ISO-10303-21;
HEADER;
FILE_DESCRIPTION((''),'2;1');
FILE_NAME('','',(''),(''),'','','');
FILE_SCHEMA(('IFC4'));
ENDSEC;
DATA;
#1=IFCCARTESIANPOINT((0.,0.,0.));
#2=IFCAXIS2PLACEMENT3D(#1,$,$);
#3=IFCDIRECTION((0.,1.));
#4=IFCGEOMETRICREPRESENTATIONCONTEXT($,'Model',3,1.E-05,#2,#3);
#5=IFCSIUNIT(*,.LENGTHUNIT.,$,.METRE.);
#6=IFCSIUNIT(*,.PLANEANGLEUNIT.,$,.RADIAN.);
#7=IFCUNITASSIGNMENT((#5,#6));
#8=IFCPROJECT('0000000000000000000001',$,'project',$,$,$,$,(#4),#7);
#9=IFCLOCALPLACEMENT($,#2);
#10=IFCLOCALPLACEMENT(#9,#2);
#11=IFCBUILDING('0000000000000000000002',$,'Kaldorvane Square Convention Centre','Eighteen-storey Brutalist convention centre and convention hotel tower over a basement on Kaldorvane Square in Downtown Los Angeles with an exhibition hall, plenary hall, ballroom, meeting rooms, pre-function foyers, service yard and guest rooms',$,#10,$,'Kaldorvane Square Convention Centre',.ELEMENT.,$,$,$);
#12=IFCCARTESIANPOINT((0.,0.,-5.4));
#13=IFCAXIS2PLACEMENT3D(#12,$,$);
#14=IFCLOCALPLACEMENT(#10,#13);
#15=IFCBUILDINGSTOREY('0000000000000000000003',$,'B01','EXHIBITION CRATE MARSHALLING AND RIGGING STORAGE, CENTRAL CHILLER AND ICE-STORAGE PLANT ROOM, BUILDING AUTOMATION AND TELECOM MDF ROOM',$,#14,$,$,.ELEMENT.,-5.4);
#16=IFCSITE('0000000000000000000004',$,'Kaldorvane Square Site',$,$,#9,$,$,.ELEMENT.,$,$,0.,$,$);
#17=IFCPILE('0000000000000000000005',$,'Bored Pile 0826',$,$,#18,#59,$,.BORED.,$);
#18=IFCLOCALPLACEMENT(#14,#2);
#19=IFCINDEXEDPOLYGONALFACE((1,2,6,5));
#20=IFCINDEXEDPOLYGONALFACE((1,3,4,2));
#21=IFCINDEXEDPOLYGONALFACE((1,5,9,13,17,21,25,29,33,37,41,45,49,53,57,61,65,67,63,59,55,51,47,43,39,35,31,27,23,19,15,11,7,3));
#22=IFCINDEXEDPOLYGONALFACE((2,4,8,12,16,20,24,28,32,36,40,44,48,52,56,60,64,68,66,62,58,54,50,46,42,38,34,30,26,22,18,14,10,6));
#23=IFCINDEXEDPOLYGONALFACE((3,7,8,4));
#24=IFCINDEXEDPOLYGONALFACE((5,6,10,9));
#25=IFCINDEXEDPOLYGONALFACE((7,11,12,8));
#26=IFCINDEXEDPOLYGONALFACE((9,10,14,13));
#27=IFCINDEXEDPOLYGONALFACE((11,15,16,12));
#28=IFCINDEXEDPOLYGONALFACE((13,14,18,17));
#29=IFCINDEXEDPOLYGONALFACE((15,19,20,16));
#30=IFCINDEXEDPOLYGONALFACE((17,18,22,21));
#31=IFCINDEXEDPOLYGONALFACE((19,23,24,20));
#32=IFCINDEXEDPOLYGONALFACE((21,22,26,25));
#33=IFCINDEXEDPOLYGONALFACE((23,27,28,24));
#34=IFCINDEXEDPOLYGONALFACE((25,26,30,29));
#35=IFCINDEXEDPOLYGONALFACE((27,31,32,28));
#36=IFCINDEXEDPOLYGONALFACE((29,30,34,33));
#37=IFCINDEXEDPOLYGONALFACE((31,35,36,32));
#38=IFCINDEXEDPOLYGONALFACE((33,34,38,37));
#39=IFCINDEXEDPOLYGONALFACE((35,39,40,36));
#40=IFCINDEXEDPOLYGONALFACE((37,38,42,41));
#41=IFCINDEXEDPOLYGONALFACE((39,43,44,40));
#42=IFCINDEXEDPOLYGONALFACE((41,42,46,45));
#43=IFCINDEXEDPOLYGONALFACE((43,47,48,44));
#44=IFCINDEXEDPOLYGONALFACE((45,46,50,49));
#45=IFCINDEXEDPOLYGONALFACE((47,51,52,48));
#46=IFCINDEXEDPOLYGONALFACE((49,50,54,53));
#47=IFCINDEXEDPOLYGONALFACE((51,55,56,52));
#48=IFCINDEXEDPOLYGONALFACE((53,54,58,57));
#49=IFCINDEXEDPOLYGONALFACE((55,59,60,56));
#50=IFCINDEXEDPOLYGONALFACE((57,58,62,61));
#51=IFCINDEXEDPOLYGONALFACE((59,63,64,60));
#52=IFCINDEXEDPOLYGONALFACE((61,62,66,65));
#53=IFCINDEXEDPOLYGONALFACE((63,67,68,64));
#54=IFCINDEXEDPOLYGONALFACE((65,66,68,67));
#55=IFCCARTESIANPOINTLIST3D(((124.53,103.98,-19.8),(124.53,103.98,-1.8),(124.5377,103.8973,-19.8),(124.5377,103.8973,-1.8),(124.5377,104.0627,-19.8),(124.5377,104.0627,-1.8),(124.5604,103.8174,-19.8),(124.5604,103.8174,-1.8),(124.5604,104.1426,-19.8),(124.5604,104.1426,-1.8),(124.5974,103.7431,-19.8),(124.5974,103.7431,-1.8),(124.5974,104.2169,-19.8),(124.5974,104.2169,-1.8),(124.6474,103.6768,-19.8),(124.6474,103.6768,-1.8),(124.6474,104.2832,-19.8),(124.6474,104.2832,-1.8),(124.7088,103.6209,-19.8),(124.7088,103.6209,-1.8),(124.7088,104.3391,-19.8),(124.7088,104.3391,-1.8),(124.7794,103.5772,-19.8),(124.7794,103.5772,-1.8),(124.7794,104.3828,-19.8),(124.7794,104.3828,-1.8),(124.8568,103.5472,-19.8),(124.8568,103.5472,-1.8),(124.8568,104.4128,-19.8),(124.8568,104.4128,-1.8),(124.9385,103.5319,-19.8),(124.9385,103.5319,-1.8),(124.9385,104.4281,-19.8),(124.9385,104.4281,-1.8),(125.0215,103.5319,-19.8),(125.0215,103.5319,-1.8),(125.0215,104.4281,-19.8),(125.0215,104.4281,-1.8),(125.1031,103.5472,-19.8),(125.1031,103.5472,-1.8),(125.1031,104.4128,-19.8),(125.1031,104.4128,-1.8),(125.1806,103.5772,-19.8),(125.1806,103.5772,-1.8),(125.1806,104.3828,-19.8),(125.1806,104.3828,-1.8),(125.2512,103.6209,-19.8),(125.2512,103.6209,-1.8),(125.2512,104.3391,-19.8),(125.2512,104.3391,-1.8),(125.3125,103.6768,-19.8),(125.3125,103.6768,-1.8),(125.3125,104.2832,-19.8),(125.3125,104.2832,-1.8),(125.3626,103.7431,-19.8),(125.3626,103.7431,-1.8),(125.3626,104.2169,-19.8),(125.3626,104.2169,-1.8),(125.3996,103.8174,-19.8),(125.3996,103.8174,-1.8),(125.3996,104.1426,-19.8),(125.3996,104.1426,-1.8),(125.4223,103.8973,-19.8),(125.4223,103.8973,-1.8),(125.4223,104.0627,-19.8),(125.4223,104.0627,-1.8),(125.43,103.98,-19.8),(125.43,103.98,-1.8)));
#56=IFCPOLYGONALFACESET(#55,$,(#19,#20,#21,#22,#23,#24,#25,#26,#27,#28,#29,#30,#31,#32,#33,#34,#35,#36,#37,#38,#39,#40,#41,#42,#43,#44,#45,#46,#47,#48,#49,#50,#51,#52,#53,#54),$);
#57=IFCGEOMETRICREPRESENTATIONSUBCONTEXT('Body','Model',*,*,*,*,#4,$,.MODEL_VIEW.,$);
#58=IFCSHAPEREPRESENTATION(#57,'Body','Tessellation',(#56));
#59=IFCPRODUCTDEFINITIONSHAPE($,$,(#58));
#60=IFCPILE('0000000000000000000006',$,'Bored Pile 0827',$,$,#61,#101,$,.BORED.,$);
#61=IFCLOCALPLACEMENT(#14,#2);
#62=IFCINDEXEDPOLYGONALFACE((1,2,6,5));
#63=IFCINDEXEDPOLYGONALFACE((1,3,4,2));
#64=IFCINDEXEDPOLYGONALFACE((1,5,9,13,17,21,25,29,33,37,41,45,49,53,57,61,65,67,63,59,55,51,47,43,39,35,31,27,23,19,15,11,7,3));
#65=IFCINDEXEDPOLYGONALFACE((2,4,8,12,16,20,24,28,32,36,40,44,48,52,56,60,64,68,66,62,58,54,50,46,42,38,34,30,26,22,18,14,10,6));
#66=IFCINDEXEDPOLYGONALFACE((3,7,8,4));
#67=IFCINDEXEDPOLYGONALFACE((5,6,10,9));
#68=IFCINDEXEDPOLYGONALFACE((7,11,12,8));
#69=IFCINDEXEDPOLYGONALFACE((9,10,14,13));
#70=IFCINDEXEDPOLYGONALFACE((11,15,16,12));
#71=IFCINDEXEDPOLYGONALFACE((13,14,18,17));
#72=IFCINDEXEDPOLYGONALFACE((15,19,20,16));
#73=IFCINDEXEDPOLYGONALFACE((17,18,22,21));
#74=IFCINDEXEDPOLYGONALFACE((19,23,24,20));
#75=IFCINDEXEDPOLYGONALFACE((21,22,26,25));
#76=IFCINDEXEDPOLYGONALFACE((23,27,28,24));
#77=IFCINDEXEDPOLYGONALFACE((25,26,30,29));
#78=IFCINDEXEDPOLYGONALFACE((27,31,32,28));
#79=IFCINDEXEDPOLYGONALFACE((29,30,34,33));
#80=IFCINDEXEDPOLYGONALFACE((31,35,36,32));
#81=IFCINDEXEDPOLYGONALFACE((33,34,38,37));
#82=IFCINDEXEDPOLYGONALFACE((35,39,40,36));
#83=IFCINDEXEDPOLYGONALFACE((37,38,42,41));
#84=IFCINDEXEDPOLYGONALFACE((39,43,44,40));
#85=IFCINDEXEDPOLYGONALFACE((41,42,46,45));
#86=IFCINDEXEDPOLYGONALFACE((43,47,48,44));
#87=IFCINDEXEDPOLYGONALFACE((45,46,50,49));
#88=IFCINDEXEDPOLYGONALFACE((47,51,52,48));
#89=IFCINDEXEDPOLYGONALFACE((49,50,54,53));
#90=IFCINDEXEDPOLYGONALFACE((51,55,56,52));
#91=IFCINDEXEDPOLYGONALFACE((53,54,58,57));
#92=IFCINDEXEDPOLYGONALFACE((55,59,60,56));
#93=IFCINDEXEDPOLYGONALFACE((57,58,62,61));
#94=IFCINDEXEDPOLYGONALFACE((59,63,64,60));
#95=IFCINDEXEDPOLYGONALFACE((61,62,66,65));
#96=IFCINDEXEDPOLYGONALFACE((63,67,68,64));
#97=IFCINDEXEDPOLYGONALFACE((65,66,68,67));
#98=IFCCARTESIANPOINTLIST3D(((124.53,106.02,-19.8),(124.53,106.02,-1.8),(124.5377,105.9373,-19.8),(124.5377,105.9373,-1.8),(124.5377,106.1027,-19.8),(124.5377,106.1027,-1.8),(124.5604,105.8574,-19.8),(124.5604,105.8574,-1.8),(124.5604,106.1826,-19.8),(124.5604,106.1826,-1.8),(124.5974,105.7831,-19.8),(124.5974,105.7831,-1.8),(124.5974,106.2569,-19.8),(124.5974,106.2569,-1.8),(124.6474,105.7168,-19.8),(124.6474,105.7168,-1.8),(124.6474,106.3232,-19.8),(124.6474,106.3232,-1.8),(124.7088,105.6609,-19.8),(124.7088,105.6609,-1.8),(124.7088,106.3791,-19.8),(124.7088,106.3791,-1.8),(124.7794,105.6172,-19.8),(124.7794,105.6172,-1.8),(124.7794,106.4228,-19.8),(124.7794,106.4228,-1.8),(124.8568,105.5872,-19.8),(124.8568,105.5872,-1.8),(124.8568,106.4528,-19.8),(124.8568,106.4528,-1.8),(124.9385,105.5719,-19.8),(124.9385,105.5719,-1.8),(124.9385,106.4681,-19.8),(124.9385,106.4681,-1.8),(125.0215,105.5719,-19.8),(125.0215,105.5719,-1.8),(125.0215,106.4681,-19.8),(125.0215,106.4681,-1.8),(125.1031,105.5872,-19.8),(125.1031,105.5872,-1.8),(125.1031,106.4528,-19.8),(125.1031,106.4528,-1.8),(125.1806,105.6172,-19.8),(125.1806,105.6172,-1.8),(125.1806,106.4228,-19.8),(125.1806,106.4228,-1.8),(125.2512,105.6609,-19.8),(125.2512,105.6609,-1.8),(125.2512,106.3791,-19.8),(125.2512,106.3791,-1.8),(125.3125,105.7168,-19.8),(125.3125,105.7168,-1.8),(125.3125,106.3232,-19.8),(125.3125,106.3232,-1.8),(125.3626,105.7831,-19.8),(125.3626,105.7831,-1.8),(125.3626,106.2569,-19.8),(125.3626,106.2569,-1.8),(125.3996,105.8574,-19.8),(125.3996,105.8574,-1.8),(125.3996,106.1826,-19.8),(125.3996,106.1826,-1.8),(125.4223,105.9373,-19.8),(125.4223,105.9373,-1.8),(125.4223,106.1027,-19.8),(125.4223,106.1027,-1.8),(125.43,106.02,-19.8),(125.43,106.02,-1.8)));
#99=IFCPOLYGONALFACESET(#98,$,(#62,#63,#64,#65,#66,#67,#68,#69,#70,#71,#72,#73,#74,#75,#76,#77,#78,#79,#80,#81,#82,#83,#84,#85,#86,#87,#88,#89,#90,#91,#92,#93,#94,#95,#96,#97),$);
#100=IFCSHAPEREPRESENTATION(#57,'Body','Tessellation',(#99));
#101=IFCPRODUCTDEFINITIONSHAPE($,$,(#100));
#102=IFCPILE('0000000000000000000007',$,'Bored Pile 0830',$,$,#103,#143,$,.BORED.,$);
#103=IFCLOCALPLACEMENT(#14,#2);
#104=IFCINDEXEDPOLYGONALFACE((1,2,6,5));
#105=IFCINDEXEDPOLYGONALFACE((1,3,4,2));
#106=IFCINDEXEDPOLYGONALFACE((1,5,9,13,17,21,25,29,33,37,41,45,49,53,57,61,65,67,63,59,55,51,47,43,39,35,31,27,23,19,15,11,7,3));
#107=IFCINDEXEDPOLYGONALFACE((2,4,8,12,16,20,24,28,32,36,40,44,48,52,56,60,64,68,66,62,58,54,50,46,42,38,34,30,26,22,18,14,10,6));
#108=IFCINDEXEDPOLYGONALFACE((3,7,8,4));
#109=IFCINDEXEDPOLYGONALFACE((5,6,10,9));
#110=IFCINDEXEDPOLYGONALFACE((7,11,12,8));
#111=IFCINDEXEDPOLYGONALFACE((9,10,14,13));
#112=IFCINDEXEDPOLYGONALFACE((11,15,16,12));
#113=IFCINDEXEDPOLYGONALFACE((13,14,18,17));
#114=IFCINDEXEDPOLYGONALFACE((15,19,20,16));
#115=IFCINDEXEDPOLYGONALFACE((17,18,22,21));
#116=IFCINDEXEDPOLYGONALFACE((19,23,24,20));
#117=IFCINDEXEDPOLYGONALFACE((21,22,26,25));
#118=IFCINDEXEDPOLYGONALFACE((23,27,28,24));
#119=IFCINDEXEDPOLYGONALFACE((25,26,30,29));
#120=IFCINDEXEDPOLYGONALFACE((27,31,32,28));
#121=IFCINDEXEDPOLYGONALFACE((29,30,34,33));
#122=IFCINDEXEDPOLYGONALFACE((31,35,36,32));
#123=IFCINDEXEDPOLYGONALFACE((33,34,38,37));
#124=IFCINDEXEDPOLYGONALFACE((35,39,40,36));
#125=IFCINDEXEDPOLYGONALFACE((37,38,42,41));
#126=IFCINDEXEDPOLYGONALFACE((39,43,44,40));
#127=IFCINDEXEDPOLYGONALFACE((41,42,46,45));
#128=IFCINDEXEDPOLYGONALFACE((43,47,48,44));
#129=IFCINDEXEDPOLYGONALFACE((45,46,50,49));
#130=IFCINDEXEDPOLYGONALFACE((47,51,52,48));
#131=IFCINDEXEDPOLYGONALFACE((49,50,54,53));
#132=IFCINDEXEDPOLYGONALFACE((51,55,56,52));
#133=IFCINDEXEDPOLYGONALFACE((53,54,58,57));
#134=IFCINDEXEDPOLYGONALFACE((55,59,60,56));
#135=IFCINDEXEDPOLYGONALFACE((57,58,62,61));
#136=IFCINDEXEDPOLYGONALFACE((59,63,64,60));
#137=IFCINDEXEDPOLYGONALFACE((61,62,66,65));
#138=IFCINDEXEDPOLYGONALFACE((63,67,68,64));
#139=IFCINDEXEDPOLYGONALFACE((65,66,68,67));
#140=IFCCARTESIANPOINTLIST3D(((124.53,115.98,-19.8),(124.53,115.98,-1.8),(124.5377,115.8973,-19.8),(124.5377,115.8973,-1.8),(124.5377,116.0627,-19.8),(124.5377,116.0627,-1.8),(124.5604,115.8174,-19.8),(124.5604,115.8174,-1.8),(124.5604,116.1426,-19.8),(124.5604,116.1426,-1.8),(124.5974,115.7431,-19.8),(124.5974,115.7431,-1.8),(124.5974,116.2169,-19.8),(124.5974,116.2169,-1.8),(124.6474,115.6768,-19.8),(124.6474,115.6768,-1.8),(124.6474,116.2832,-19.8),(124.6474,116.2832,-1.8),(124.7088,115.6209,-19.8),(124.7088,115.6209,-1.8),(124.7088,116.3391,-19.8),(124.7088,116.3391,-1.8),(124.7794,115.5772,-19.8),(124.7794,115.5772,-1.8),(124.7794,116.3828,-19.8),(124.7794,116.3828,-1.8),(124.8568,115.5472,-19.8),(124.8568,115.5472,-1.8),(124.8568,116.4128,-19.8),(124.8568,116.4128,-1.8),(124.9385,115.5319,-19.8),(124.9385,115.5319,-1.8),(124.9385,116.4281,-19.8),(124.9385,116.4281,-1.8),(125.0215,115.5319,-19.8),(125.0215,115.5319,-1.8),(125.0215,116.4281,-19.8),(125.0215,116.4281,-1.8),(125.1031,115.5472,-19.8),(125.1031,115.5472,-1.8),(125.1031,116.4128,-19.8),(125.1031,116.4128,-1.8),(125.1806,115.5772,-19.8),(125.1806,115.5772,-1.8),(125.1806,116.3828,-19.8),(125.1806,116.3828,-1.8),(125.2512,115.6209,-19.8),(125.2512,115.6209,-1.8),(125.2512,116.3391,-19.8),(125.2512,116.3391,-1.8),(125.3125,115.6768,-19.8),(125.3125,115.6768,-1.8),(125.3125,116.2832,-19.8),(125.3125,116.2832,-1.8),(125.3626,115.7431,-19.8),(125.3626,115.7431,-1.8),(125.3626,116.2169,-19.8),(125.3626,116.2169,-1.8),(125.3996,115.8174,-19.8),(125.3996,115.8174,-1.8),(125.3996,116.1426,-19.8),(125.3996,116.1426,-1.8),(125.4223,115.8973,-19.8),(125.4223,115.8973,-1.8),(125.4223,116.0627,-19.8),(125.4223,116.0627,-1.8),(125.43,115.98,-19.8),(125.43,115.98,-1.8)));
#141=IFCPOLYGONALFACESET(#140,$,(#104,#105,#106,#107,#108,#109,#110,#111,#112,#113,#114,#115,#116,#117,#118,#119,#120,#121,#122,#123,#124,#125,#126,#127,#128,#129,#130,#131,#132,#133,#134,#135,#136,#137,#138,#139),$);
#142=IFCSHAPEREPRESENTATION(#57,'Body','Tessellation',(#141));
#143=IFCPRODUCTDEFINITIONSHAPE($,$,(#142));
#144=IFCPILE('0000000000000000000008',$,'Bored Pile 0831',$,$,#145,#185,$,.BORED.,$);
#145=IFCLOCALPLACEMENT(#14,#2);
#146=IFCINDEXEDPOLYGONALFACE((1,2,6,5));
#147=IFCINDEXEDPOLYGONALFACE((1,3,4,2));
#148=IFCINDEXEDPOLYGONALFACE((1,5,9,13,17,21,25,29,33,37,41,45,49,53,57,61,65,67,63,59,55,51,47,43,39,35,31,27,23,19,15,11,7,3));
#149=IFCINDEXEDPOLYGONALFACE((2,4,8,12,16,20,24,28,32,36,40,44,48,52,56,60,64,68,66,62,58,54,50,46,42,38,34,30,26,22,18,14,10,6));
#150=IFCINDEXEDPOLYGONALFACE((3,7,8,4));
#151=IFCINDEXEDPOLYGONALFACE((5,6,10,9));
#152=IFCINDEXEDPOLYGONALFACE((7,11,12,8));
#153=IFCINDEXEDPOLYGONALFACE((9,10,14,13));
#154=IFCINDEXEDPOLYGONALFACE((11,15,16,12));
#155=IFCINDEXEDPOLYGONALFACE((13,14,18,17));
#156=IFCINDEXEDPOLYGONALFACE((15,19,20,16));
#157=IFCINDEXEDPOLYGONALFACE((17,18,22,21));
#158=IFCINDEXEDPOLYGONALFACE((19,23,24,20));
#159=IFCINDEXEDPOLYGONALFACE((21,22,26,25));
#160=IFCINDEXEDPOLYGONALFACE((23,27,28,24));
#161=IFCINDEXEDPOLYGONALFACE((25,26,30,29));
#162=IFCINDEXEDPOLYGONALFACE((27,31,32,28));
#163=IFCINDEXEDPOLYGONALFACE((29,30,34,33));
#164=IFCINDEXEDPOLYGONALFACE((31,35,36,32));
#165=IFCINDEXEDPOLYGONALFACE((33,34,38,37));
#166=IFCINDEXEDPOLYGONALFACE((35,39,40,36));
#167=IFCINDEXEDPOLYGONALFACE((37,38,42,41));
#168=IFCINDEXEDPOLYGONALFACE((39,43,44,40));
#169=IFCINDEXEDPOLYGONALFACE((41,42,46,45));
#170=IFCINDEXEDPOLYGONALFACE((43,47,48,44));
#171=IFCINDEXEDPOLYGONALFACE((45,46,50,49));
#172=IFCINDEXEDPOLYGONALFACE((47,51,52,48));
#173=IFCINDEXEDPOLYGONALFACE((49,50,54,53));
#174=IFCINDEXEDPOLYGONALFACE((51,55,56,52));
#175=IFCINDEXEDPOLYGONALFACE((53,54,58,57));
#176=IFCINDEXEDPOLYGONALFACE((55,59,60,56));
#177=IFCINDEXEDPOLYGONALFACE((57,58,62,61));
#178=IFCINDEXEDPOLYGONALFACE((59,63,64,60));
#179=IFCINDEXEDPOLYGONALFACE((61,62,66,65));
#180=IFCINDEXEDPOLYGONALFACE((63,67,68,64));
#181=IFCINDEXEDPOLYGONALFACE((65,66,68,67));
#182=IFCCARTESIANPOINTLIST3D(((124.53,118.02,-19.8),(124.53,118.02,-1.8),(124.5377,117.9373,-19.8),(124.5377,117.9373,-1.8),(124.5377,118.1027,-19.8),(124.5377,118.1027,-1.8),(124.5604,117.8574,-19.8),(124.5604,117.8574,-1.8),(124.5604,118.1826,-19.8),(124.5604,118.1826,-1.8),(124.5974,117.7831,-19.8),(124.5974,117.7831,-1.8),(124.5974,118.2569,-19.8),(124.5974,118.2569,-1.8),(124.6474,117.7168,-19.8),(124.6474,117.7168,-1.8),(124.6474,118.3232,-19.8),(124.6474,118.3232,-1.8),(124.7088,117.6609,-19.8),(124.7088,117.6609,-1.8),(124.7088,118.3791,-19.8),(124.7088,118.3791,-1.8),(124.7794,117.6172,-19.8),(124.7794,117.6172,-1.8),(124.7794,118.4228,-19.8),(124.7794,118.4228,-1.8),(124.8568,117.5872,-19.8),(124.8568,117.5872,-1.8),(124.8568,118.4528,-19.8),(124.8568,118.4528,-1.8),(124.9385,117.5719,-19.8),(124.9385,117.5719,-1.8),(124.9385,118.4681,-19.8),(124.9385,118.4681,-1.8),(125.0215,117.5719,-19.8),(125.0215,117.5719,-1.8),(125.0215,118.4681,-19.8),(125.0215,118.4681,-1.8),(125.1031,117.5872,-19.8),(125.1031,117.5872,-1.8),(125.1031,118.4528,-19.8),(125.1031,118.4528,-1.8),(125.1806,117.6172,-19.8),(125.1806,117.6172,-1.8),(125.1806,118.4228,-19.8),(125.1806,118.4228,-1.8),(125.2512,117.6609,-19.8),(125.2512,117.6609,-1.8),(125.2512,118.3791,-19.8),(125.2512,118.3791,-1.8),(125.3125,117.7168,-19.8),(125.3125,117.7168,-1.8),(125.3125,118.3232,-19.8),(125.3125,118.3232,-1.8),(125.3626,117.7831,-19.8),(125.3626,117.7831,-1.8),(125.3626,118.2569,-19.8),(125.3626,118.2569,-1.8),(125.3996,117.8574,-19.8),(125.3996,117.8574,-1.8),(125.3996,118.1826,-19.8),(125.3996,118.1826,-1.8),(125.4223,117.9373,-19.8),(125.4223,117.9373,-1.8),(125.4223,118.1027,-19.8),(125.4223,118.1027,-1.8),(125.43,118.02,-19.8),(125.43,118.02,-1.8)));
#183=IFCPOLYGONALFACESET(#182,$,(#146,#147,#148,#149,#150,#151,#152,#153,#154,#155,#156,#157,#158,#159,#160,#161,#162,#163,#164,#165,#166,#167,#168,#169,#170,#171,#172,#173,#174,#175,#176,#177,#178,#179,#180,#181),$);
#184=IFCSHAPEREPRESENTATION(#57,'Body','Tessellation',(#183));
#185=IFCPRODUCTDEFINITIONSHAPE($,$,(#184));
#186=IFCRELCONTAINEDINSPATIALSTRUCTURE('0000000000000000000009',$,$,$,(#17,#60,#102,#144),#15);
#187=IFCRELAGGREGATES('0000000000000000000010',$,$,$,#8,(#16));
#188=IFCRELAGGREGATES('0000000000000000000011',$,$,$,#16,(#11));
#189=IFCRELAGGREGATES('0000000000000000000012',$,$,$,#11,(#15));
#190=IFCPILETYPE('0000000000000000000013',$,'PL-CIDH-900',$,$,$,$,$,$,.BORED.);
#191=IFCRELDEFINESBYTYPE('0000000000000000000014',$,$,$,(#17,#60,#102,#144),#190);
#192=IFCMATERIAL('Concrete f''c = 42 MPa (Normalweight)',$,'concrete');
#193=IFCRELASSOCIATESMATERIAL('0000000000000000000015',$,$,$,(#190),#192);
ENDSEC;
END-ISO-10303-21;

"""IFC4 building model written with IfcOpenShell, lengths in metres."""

from ifc_helpers import new_model, si_unit, direction, frame, origin, origin_2d, place, context, subcontext, project, spatial, circle, extrude, material, material_profile, profile_set, type_object, element, save


model = new_model("IFC4")

# Units and contexts
model_context = context("Model", 3, precision=1e-05, world=origin(), true_north=direction((0.0, 1.0)))
body_context = subcontext(model_context, "Body", "Model", "MODEL_VIEW")
ifc_project = project(units=[si_unit("LENGTHUNIT", "METRE"), si_unit("PLANEANGLEUNIT", "RADIAN")], contexts=[model_context])

# Site, building, storey
site_placement = place(None, origin())
site = spatial("IfcSite", under=ifc_project, at=site_placement, Name="Kaldorvane Square Site", CompositionType="ELEMENT", RefElevation=0.0)
building_placement = place(site_placement, origin())
building = spatial("IfcBuilding", under=site, at=building_placement, Name="Kaldorvane Square Convention Centre", Description="Eighteen-storey Brutalist convention centre and convention hotel tower over a basement on Kaldorvane Square in Downtown Los Angeles with an exhibition hall, plenary hall, ballroom, meeting rooms, pre-function foyers, service yard and guest rooms", LongName="Kaldorvane Square Convention Centre", CompositionType="ELEMENT")
storey_placement = place(building_placement, frame((0.0, 0.0, -5.4)))
storey = spatial("IfcBuildingStorey", under=building, at=storey_placement, Name="B01", Description="EXHIBITION CRATE MARSHALLING AND RIGGING STORAGE, CENTRAL CHILLER AND ICE-STORAGE PLANT ROOM, BUILDING AUTOMATION AND TELECOM MDF ROOM", CompositionType="ELEMENT", Elevation=-5.4)

# Shared definitions
ifc_material_1 = material(Name="Concrete f'c = 42 MPa (Normalweight)", Category="concrete")

# Piles
ifc_material_profile_1 = material_profile(ifc_material_1, circle(Radius=0.45, at=origin_2d()), Name="PILE-D900")
ifc_profile_set_1 = profile_set([ifc_material_profile_1], Name="Concrete f'c = 42 MPa (Normalweight)")
pile_type = type_object("IfcPileType", Name="PL-CIDH-900", PredefinedType="BORED", material=ifc_profile_set_1)
for number, where, z_axis, x_axis, name in (
    (1, (124.98, 103.98, -1.8), (0.0, 0.0, -1.0), (1.0, 0.0, 0.0), "Bored Pile 0826"),
    (2, (124.98, 106.02, -1.8), (0.0, 0.0, -1.0), (1.0, 0.0, 0.0), "Bored Pile 0827"),
    (3, (124.98, 115.98, -1.8), (0.0, 0.0, -1.0), (1.0, 0.0, 0.0), "Bored Pile 0830"),
    (4, (124.98, 118.02, -1.8), (0.0, 0.0, -1.0), (1.0, 0.0, 0.0), "Bored Pile 0831"),
):
    element("IfcPile", number, at=place(storey_placement, frame(where, z_axis=z_axis, x_axis=x_axis)), inside=storey, type_object=pile_type, Name=name, PredefinedType="BORED", context=body_context, shape_type="SweptSolid", body=[
        extrude(circle(Radius=0.45, at=origin_2d()), origin(), (0.0, 0.0, 1.0), 18.0),
    ])

save(model, "model.ifc")
